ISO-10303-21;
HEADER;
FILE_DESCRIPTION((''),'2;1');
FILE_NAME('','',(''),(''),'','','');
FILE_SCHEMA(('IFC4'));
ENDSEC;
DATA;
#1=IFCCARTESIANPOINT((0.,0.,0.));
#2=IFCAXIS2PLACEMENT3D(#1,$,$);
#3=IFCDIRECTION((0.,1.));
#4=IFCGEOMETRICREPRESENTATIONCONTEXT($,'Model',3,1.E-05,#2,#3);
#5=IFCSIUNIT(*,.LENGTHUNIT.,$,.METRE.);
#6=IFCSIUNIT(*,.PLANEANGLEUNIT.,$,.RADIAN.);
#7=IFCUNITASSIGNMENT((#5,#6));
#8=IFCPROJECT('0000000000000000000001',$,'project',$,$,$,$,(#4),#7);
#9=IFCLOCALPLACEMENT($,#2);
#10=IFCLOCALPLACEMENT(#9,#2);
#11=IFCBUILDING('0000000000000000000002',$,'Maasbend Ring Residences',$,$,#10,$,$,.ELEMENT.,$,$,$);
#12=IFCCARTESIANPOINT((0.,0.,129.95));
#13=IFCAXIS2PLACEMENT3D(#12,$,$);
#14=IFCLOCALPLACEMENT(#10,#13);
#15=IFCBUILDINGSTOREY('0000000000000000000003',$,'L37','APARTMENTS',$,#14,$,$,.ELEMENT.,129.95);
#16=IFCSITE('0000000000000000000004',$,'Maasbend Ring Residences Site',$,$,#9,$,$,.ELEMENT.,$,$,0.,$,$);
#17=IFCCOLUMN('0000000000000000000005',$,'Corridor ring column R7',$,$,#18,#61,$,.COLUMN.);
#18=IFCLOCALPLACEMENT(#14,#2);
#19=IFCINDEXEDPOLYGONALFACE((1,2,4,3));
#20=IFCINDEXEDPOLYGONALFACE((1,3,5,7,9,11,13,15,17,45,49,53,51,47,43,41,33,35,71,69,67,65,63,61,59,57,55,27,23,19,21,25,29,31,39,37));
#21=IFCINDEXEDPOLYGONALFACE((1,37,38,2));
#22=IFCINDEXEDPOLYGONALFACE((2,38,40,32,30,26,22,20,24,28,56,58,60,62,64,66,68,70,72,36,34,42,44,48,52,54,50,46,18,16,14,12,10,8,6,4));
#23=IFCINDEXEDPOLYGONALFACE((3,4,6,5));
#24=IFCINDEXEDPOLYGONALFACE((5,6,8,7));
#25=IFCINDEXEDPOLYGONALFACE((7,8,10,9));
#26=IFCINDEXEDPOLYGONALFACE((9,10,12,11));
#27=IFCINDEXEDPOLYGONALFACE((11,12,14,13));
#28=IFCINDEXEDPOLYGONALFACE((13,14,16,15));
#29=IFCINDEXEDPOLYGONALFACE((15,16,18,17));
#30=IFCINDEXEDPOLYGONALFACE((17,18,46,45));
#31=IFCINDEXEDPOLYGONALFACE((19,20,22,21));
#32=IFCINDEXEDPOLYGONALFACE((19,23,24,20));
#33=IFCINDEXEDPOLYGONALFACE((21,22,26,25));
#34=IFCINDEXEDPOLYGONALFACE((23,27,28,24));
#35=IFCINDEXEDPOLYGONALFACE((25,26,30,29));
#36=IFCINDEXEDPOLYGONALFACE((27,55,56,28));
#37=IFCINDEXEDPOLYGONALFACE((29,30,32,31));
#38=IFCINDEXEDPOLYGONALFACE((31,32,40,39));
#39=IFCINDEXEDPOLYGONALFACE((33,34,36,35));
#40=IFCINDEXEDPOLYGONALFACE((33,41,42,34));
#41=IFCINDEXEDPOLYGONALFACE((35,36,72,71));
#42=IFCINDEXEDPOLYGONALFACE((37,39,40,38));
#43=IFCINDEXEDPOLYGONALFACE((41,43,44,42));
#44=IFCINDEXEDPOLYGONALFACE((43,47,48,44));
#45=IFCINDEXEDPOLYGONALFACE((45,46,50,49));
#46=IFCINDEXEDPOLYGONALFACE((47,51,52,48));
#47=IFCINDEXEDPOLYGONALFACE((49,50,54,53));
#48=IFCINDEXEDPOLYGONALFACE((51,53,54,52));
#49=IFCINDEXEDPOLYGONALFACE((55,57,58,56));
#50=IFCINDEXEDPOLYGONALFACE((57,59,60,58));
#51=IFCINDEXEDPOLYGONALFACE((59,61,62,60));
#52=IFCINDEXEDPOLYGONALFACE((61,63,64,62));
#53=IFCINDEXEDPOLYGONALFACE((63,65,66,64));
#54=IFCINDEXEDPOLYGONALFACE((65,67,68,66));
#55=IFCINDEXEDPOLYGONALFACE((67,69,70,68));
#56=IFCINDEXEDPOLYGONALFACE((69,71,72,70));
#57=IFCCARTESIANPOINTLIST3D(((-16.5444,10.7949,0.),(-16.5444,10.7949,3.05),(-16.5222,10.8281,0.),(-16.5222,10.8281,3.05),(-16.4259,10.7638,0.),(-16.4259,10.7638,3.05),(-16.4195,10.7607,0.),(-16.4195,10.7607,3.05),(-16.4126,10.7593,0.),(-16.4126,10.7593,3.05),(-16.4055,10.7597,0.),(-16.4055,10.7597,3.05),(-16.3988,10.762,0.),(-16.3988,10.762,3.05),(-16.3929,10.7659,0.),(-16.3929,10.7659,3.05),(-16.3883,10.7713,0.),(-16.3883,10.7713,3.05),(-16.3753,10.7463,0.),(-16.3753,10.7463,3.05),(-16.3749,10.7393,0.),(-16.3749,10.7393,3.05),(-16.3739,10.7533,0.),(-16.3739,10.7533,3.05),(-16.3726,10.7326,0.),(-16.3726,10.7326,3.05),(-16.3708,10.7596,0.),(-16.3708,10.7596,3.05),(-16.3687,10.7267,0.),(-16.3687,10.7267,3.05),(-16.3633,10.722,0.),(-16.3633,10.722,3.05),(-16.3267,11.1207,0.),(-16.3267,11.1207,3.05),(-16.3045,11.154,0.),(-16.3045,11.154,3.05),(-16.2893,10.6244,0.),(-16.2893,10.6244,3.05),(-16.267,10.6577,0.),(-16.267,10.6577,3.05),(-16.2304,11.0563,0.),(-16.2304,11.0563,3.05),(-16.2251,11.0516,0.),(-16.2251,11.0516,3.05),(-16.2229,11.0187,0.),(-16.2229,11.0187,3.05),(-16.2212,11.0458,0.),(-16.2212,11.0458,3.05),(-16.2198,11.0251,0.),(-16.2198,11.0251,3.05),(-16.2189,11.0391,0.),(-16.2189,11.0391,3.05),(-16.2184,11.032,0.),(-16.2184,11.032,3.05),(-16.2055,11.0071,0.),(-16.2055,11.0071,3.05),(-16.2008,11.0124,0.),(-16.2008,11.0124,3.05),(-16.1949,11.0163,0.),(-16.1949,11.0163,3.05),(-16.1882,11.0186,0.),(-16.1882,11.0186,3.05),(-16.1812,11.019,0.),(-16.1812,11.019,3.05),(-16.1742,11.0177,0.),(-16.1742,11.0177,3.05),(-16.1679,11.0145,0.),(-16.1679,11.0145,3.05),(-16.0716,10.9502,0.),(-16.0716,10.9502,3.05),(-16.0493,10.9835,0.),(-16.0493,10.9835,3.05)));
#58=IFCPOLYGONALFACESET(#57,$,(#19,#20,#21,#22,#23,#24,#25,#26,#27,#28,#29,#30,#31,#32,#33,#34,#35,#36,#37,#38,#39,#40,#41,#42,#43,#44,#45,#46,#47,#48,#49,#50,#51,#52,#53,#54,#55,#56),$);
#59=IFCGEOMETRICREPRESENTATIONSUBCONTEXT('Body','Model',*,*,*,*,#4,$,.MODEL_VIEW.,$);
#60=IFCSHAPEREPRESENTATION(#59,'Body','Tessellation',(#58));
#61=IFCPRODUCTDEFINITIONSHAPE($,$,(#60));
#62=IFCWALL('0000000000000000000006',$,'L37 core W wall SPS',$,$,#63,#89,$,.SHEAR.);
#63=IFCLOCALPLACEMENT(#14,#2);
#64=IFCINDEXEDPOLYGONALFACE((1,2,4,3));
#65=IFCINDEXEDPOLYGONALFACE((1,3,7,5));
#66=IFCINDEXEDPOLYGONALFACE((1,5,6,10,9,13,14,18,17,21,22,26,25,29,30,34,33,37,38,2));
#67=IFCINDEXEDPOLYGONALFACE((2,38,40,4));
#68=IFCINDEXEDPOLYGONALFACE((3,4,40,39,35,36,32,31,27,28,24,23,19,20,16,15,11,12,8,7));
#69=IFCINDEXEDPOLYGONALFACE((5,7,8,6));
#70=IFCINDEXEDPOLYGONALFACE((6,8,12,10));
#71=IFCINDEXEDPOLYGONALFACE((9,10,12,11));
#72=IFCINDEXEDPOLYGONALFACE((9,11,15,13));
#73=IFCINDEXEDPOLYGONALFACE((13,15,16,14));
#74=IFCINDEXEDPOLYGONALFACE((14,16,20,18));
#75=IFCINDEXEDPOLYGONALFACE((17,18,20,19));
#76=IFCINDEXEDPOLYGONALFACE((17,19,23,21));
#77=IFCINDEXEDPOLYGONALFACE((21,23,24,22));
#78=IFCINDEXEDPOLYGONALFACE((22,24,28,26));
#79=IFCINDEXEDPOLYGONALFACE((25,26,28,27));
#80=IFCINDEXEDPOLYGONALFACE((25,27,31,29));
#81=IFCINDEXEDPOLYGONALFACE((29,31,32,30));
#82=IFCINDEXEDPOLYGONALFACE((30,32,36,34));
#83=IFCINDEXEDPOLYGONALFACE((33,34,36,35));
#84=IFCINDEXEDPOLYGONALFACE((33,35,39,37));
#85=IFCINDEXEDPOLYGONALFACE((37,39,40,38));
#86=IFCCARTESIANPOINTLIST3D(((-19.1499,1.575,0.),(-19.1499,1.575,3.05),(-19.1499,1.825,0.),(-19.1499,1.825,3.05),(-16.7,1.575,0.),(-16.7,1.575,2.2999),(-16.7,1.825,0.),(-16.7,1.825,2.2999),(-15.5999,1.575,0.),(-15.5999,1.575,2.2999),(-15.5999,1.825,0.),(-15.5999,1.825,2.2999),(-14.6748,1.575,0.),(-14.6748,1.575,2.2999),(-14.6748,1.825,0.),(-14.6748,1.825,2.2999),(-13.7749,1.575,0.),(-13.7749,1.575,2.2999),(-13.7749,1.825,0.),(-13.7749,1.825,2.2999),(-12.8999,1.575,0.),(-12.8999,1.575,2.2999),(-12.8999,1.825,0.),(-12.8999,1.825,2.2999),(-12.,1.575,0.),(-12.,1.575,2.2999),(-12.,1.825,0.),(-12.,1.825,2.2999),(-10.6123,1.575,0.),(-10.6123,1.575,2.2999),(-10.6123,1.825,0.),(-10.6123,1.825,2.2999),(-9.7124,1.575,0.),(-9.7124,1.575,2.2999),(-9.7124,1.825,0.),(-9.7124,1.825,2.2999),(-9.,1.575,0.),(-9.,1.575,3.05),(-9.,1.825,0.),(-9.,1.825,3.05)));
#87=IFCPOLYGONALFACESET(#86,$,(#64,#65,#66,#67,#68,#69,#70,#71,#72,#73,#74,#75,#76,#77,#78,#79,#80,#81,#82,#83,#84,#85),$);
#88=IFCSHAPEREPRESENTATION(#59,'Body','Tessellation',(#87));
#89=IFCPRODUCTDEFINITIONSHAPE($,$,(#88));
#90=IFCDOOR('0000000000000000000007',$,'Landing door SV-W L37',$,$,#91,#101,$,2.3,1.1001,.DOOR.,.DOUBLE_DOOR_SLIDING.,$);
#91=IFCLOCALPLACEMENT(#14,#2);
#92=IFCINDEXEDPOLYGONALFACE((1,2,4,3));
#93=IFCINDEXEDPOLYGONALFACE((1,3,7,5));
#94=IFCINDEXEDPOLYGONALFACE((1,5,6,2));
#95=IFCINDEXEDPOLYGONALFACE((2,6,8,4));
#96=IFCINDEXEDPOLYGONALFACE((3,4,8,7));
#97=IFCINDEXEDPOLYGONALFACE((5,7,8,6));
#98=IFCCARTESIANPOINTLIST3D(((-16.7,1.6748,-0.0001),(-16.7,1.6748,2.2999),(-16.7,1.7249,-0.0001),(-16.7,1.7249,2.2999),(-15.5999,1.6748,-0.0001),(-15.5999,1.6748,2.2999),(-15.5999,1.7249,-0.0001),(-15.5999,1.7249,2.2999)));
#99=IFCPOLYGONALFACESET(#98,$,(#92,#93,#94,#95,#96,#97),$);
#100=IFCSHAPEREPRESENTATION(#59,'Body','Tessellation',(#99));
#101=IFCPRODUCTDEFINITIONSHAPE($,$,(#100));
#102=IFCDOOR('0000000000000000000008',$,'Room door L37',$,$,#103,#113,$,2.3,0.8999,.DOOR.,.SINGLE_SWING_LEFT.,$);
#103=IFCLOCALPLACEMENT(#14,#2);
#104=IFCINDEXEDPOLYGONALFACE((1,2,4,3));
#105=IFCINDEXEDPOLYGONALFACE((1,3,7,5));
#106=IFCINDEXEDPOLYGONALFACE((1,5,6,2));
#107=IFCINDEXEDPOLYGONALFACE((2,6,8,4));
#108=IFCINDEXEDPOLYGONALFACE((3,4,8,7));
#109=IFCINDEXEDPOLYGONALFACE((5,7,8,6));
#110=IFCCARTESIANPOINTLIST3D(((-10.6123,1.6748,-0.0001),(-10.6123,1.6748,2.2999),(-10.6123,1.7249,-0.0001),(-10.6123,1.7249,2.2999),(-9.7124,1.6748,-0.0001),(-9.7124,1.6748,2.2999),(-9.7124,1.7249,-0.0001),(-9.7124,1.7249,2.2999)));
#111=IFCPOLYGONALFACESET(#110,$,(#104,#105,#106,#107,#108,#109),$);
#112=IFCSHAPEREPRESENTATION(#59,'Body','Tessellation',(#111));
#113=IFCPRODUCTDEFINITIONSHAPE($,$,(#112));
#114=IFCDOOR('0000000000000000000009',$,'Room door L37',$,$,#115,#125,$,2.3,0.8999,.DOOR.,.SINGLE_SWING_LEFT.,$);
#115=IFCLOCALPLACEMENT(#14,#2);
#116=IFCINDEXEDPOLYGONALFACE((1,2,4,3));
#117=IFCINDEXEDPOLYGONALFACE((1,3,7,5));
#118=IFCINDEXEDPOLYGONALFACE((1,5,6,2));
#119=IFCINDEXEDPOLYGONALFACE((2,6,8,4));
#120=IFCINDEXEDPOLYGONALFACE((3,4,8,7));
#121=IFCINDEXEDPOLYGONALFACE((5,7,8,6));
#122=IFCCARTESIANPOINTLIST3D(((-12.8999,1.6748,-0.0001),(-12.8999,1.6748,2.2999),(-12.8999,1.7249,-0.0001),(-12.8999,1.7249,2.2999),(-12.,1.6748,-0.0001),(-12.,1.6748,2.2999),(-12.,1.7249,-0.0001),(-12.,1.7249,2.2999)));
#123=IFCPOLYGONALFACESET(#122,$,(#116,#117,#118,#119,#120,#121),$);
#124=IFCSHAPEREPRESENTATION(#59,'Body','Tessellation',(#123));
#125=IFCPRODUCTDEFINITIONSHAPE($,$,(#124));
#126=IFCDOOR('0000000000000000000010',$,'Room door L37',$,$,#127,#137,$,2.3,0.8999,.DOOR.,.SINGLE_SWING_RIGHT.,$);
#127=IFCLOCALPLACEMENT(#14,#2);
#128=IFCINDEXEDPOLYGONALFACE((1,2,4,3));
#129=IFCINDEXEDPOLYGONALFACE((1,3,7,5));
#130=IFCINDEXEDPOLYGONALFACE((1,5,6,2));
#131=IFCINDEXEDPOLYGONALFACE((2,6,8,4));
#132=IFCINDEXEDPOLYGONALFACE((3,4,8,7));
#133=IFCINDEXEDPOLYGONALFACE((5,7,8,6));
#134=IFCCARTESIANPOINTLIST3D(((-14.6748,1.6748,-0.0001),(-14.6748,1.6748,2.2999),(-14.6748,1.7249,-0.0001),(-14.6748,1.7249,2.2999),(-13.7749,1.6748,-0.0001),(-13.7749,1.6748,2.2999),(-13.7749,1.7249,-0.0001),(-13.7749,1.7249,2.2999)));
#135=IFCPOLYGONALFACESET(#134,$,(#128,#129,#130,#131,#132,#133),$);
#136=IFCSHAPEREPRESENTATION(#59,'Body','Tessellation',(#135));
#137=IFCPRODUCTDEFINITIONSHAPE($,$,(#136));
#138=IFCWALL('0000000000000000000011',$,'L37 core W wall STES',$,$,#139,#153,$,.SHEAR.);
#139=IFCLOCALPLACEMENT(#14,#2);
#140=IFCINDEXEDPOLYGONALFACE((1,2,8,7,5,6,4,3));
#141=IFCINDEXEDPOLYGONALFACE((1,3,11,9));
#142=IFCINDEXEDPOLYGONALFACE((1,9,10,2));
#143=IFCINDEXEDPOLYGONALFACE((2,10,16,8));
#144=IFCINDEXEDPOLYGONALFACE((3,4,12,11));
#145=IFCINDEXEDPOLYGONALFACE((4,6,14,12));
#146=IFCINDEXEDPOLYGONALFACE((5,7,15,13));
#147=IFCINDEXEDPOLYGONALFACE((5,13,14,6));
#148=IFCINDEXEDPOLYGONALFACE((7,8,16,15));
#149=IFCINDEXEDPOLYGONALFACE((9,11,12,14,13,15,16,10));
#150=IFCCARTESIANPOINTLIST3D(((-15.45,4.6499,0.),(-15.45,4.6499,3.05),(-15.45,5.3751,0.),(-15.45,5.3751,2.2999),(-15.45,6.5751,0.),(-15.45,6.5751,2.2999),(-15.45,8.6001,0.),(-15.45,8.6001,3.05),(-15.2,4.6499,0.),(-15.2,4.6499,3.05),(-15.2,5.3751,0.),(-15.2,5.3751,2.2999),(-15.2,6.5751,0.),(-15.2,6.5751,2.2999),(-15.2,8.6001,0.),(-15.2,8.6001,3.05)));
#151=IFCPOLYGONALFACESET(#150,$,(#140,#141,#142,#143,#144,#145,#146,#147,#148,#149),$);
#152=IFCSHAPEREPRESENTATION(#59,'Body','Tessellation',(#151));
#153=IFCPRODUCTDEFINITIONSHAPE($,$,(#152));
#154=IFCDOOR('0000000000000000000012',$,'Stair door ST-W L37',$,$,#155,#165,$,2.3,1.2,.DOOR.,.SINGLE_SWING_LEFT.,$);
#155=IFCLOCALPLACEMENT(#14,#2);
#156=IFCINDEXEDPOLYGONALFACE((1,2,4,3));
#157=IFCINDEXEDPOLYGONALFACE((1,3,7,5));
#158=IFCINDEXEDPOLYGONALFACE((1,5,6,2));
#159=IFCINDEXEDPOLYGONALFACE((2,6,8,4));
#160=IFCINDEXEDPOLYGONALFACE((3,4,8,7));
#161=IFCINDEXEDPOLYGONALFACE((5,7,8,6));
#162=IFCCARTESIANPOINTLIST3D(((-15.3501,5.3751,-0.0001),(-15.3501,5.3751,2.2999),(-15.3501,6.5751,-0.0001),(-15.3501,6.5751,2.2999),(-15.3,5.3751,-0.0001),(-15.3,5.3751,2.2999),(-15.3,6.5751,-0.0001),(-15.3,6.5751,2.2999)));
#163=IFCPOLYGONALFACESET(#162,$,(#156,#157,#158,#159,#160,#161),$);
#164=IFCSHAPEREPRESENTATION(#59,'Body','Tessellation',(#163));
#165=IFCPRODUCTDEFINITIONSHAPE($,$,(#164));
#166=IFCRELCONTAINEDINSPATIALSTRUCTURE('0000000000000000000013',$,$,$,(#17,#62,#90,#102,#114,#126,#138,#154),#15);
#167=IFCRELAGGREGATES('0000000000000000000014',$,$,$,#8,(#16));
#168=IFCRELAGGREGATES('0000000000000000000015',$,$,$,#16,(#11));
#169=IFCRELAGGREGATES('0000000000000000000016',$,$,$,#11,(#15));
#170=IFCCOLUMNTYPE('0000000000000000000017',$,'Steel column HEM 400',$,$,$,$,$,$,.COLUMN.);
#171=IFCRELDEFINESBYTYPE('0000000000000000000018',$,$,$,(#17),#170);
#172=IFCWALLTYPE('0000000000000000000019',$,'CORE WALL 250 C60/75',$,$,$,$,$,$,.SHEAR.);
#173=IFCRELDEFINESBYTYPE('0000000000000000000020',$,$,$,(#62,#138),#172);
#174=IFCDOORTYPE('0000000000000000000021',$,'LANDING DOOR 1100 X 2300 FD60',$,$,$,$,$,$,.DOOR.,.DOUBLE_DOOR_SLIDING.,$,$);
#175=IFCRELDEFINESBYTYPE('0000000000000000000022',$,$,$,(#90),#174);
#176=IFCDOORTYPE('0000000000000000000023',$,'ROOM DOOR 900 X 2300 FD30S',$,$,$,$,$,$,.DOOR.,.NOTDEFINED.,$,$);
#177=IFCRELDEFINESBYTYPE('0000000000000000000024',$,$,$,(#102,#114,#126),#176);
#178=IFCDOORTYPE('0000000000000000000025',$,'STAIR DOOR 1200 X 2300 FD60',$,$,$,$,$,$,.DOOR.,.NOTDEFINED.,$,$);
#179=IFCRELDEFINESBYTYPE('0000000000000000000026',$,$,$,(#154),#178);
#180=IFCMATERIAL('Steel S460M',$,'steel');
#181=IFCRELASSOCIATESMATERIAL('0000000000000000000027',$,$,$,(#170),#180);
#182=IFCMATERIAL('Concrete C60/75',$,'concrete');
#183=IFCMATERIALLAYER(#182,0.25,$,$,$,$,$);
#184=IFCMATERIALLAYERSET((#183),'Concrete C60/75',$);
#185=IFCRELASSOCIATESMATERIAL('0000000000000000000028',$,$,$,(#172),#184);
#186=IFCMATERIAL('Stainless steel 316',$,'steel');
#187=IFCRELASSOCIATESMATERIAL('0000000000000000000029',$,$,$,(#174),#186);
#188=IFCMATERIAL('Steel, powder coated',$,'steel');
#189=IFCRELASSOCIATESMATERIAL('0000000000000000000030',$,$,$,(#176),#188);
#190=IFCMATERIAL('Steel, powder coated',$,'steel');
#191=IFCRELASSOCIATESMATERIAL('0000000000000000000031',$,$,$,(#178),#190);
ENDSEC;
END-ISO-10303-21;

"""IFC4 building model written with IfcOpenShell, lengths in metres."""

from ifc_helpers import new_model, si_unit, direction, frame, frame_2d, origin, origin_2d, place, context, subcontext, project, spatial, rectangle, i_section, extrude, material, layer, layer_set, material_profile, profile_set, type_object, element, fill, save


model = new_model("IFC4")

# Units and contexts
model_context = context("Model", 3, precision=1e-05, world=origin(), true_north=direction((0.0, 1.0)))
body_context = subcontext(model_context, "Body", "Model", "MODEL_VIEW")
ifc_project = project(units=[si_unit("LENGTHUNIT", "METRE"), si_unit("PLANEANGLEUNIT", "RADIAN")], contexts=[model_context])

# Site, building, storey
site_placement = place(None, origin())
site = spatial("IfcSite", under=ifc_project, at=site_placement, Name="Maasbend Ring Residences Site", CompositionType="ELEMENT", RefElevation=0.0)
building_placement = place(site_placement, origin())
building = spatial("IfcBuilding", under=site, at=building_placement, Name="Maasbend Ring Residences", CompositionType="ELEMENT")
storey_placement = place(building_placement, frame((0.0, 0.0, 129.95)))
storey = spatial("IfcBuildingStorey", under=building, at=storey_placement, Name="L37", Description="APARTMENTS", CompositionType="ELEMENT", Elevation=129.95)

# Column
ifc_material_1 = material(Name="Steel S460M", Category="steel")
ifc_material_profile = material_profile(ifc_material_1, i_section(OverallWidth=0.3069, OverallDepth=0.4319, WebThickness=0.021, FlangeThickness=0.04, FilletRadius=0.0271, at=origin_2d()), Name="HEM 400")
ifc_profile_set = profile_set([ifc_material_profile], Name="Steel S460M")
column_type = type_object("IfcColumnType", Name="Steel column HEM 400", PredefinedType="COLUMN", material=ifc_profile_set)
column_placement = place(storey_placement, frame((-16.2969, 10.8892, 0.0), z_axis=(0.0, 0.0, 1.0), x_axis=(-0.83147, 0.55557, 0.0)))
element("IfcColumn", 1, at=column_placement, inside=storey, type_object=column_type, Name="Corridor ring column R7", PredefinedType="COLUMN", context=body_context, shape_type="SweptSolid", body=[
    extrude(i_section(OverallWidth=0.3069, OverallDepth=0.4319, WebThickness=0.021, FlangeThickness=0.04, FilletRadius=0.0271, at=origin_2d()), origin(), (0.0, 0.0, 1.0), 3.05),
])

# Wall, openings, doors
ifc_material_2 = material(Name="Concrete C60/75", Category="concrete")
ifc_layer_1 = layer(ifc_material_2, 0.25)
ifc_layer_set_1 = layer_set([ifc_layer_1], Name="Concrete C60/75")
wall_type_1 = type_object("IfcWallType", Name="CORE WALL 250 C60/75", PredefinedType="SHEAR", material=ifc_layer_set_1)
wall_1_placement = place(storey_placement, frame((-19.1499, 1.7, 0.0), z_axis=(0.0, 0.0, 1.0), x_axis=(1.0, 0.0, 0.0)))
wall_1 = element("IfcWall", 2, at=wall_1_placement, inside=storey, type_object=wall_type_1, Name="L37 core W wall SPS", PredefinedType="SHEAR", context=body_context, shape_type="SweptSolid", body=[
    extrude(rectangle(XDim=10.1499, YDim=0.25, at=frame_2d((5.075, 0.0))), origin(), (0.0, 0.0, 1.0), 3.05),
])
opening_1_placement = place(wall_1_placement, frame((2.45, 0.0, 0.0)))
opening_1 = element("IfcOpeningElement", 3, at=opening_1_placement, cuts=wall_1, PredefinedType="OPENING", context=body_context, shape_type="SweptSolid", body=[
    extrude(rectangle(XDim=1.1001, YDim=2.3, at=frame_2d((0.55, 1.1499))), frame((0.0, 0.135, 0.0), z_axis=(0.0, -1.0, 0.0), x_axis=(1.0, 0.0, 0.0)), (0.0, 0.0, 1.0), 0.27),
])
opening_2_placement = place(wall_1_placement, frame((8.5376, 0.0, 0.0)))
opening_2 = element("IfcOpeningElement", 4, at=opening_2_placement, cuts=wall_1, PredefinedType="OPENING", context=body_context, shape_type="SweptSolid", body=[
    extrude(rectangle(XDim=0.8999, YDim=2.3, at=frame_2d((0.45, 1.1499))), frame((0.0, 0.135, 0.0), z_axis=(0.0, -1.0, 0.0), x_axis=(1.0, 0.0, 0.0)), (0.0, 0.0, 1.0), 0.27),
])
opening_3_placement = place(wall_1_placement, frame((6.25, 0.0, 0.0)))
opening_3 = element("IfcOpeningElement", 5, at=opening_3_placement, cuts=wall_1, PredefinedType="OPENING", context=body_context, shape_type="SweptSolid", body=[
    extrude(rectangle(XDim=0.8999, YDim=2.3, at=frame_2d((0.45, 1.1499))), frame((0.0, 0.135, 0.0), z_axis=(0.0, -1.0, 0.0), x_axis=(1.0, 0.0, 0.0)), (0.0, 0.0, 1.0), 0.27),
])
opening_4_placement = place(wall_1_placement, frame((4.4751, 0.0, 0.0)))
opening_4 = element("IfcOpeningElement", 6, at=opening_4_placement, cuts=wall_1, PredefinedType="OPENING", context=body_context, shape_type="SweptSolid", body=[
    extrude(rectangle(XDim=0.8999, YDim=2.3, at=frame_2d((0.45, 1.1499))), frame((0.0, 0.135, 0.0), z_axis=(0.0, -1.0, 0.0), x_axis=(1.0, 0.0, 0.0)), (0.0, 0.0, 1.0), 0.27),
])
ifc_material_3 = material(Name="Stainless steel 316", Category="steel")
door_type_1 = type_object("IfcDoorType", Name="LANDING DOOR 1100 X 2300 FD60", OperationType="DOUBLE_DOOR_SLIDING", PredefinedType="DOOR", material=ifc_material_3)
door_1_placement = place(opening_1_placement, origin())
door_1 = element("IfcDoor", 7, at=door_1_placement, inside=storey, type_object=door_type_1, Name="Landing door SV-W L37", OperationType="DOUBLE_DOOR_SLIDING", OverallHeight=2.3, OverallWidth=1.1001, PredefinedType="DOOR", context=body_context, shape_type="SweptSolid", body=[
    extrude(rectangle(XDim=1.1001, YDim=2.3, at=frame_2d((0.55, 1.1499))), frame((0.0, 0.0249, 0.0), z_axis=(0.0, -1.0, 0.0), x_axis=(1.0, 0.0, 0.0)), (0.0, 0.0, 1.0), 0.05),
])
fill(opening_1, door_1)
ifc_material_4 = material(Name="Steel, powder coated", Category="steel")
door_type_2 = type_object("IfcDoorType", Name="ROOM DOOR 900 X 2300 FD30S", OperationType="NOTDEFINED", PredefinedType="DOOR", material=ifc_material_4)
door_2_placement = place(opening_2_placement, origin())
door_2 = element("IfcDoor", 8, at=door_2_placement, inside=storey, type_object=door_type_2, Name="Room door L37", OperationType="SINGLE_SWING_LEFT", OverallHeight=2.3, OverallWidth=0.8999, PredefinedType="DOOR", context=body_context, shape_type="SweptSolid", body=[
    extrude(rectangle(XDim=0.8999, YDim=2.3, at=frame_2d((0.45, 1.1499))), frame((0.0, 0.0249, 0.0), z_axis=(0.0, -1.0, 0.0), x_axis=(1.0, 0.0, 0.0)), (0.0, 0.0, 1.0), 0.05),
])
fill(opening_2, door_2)
door_3_placement = place(opening_3_placement, origin())
door_3 = element("IfcDoor", 9, at=door_3_placement, inside=storey, type_object=door_type_2, Name="Room door L37", OperationType="SINGLE_SWING_LEFT", OverallHeight=2.3, OverallWidth=0.8999, PredefinedType="DOOR", context=body_context, shape_type="SweptSolid", body=[
    extrude(rectangle(XDim=0.8999, YDim=2.3, at=frame_2d((0.45, 1.1499))), frame((0.0, 0.0249, 0.0), z_axis=(0.0, -1.0, 0.0), x_axis=(1.0, 0.0, 0.0)), (0.0, 0.0, 1.0), 0.05),
])
fill(opening_3, door_3)
door_4_placement = place(opening_4_placement, origin())
door_4 = element("IfcDoor", 10, at=door_4_placement, inside=storey, type_object=door_type_2, Name="Room door L37", OperationType="SINGLE_SWING_RIGHT", OverallHeight=2.3, OverallWidth=0.8999, PredefinedType="DOOR", context=body_context, shape_type="SweptSolid", body=[
    extrude(rectangle(XDim=0.8999, YDim=2.3, at=frame_2d((0.45, 1.1499))), frame((0.0, 0.0249, 0.0), z_axis=(0.0, -1.0, 0.0), x_axis=(1.0, 0.0, 0.0)), (0.0, 0.0, 1.0), 0.05),
])
fill(opening_4, door_4)

# Wall, opening, door
wall_2_placement = place(storey_placement, frame((-15.325, 8.6001, 0.0), z_axis=(0.0, 0.0, 1.0), x_axis=(0.0, -1.0, 0.0)))
wall_2 = element("IfcWall", 11, at=wall_2_placement, inside=storey, type_object=wall_type_1, Name="L37 core W wall STES", PredefinedType="SHEAR", context=body_context, shape_type="SweptSolid", body=[
    extrude(rectangle(XDim=3.9502, YDim=0.25, at=frame_2d((1.9751, 0.0))), origin(), (0.0, 0.0, 1.0), 3.05),
])
opening_5_placement = place(wall_2_placement, frame((2.0249, 0.0, 0.0)))
opening_5 = element("IfcOpeningElement", 12, at=opening_5_placement, cuts=wall_2, PredefinedType="OPENING", context=body_context, shape_type="SweptSolid", body=[
    extrude(rectangle(XDim=1.2, YDim=2.3, at=frame_2d((0.6001, 1.1499))), frame((0.0, 0.135, 0.0), z_axis=(0.0, -1.0, 0.0), x_axis=(1.0, 0.0, 0.0)), (0.0, 0.0, 1.0), 0.27),
])
ifc_material_5 = material(Name="Steel, powder coated", Category="steel")
door_type_3 = type_object("IfcDoorType", Name="STAIR DOOR 1200 X 2300 FD60", OperationType="NOTDEFINED", PredefinedType="DOOR", material=ifc_material_5)
door_5_placement = place(opening_5_placement, origin())
door_5 = element("IfcDoor", 13, at=door_5_placement, inside=storey, type_object=door_type_3, Name="Stair door ST-W L37", OperationType="SINGLE_SWING_LEFT", OverallHeight=2.3, OverallWidth=1.2, PredefinedType="DOOR", context=body_context, shape_type="SweptSolid", body=[
    extrude(rectangle(XDim=1.2, YDim=2.3, at=frame_2d((0.6001, 1.1499))), frame((0.0, 0.0249, 0.0), z_axis=(0.0, -1.0, 0.0), x_axis=(1.0, 0.0, 0.0)), (0.0, 0.0, 1.0), 0.05),
])
fill(opening_5, door_5)

save(model, "model.ifc")
